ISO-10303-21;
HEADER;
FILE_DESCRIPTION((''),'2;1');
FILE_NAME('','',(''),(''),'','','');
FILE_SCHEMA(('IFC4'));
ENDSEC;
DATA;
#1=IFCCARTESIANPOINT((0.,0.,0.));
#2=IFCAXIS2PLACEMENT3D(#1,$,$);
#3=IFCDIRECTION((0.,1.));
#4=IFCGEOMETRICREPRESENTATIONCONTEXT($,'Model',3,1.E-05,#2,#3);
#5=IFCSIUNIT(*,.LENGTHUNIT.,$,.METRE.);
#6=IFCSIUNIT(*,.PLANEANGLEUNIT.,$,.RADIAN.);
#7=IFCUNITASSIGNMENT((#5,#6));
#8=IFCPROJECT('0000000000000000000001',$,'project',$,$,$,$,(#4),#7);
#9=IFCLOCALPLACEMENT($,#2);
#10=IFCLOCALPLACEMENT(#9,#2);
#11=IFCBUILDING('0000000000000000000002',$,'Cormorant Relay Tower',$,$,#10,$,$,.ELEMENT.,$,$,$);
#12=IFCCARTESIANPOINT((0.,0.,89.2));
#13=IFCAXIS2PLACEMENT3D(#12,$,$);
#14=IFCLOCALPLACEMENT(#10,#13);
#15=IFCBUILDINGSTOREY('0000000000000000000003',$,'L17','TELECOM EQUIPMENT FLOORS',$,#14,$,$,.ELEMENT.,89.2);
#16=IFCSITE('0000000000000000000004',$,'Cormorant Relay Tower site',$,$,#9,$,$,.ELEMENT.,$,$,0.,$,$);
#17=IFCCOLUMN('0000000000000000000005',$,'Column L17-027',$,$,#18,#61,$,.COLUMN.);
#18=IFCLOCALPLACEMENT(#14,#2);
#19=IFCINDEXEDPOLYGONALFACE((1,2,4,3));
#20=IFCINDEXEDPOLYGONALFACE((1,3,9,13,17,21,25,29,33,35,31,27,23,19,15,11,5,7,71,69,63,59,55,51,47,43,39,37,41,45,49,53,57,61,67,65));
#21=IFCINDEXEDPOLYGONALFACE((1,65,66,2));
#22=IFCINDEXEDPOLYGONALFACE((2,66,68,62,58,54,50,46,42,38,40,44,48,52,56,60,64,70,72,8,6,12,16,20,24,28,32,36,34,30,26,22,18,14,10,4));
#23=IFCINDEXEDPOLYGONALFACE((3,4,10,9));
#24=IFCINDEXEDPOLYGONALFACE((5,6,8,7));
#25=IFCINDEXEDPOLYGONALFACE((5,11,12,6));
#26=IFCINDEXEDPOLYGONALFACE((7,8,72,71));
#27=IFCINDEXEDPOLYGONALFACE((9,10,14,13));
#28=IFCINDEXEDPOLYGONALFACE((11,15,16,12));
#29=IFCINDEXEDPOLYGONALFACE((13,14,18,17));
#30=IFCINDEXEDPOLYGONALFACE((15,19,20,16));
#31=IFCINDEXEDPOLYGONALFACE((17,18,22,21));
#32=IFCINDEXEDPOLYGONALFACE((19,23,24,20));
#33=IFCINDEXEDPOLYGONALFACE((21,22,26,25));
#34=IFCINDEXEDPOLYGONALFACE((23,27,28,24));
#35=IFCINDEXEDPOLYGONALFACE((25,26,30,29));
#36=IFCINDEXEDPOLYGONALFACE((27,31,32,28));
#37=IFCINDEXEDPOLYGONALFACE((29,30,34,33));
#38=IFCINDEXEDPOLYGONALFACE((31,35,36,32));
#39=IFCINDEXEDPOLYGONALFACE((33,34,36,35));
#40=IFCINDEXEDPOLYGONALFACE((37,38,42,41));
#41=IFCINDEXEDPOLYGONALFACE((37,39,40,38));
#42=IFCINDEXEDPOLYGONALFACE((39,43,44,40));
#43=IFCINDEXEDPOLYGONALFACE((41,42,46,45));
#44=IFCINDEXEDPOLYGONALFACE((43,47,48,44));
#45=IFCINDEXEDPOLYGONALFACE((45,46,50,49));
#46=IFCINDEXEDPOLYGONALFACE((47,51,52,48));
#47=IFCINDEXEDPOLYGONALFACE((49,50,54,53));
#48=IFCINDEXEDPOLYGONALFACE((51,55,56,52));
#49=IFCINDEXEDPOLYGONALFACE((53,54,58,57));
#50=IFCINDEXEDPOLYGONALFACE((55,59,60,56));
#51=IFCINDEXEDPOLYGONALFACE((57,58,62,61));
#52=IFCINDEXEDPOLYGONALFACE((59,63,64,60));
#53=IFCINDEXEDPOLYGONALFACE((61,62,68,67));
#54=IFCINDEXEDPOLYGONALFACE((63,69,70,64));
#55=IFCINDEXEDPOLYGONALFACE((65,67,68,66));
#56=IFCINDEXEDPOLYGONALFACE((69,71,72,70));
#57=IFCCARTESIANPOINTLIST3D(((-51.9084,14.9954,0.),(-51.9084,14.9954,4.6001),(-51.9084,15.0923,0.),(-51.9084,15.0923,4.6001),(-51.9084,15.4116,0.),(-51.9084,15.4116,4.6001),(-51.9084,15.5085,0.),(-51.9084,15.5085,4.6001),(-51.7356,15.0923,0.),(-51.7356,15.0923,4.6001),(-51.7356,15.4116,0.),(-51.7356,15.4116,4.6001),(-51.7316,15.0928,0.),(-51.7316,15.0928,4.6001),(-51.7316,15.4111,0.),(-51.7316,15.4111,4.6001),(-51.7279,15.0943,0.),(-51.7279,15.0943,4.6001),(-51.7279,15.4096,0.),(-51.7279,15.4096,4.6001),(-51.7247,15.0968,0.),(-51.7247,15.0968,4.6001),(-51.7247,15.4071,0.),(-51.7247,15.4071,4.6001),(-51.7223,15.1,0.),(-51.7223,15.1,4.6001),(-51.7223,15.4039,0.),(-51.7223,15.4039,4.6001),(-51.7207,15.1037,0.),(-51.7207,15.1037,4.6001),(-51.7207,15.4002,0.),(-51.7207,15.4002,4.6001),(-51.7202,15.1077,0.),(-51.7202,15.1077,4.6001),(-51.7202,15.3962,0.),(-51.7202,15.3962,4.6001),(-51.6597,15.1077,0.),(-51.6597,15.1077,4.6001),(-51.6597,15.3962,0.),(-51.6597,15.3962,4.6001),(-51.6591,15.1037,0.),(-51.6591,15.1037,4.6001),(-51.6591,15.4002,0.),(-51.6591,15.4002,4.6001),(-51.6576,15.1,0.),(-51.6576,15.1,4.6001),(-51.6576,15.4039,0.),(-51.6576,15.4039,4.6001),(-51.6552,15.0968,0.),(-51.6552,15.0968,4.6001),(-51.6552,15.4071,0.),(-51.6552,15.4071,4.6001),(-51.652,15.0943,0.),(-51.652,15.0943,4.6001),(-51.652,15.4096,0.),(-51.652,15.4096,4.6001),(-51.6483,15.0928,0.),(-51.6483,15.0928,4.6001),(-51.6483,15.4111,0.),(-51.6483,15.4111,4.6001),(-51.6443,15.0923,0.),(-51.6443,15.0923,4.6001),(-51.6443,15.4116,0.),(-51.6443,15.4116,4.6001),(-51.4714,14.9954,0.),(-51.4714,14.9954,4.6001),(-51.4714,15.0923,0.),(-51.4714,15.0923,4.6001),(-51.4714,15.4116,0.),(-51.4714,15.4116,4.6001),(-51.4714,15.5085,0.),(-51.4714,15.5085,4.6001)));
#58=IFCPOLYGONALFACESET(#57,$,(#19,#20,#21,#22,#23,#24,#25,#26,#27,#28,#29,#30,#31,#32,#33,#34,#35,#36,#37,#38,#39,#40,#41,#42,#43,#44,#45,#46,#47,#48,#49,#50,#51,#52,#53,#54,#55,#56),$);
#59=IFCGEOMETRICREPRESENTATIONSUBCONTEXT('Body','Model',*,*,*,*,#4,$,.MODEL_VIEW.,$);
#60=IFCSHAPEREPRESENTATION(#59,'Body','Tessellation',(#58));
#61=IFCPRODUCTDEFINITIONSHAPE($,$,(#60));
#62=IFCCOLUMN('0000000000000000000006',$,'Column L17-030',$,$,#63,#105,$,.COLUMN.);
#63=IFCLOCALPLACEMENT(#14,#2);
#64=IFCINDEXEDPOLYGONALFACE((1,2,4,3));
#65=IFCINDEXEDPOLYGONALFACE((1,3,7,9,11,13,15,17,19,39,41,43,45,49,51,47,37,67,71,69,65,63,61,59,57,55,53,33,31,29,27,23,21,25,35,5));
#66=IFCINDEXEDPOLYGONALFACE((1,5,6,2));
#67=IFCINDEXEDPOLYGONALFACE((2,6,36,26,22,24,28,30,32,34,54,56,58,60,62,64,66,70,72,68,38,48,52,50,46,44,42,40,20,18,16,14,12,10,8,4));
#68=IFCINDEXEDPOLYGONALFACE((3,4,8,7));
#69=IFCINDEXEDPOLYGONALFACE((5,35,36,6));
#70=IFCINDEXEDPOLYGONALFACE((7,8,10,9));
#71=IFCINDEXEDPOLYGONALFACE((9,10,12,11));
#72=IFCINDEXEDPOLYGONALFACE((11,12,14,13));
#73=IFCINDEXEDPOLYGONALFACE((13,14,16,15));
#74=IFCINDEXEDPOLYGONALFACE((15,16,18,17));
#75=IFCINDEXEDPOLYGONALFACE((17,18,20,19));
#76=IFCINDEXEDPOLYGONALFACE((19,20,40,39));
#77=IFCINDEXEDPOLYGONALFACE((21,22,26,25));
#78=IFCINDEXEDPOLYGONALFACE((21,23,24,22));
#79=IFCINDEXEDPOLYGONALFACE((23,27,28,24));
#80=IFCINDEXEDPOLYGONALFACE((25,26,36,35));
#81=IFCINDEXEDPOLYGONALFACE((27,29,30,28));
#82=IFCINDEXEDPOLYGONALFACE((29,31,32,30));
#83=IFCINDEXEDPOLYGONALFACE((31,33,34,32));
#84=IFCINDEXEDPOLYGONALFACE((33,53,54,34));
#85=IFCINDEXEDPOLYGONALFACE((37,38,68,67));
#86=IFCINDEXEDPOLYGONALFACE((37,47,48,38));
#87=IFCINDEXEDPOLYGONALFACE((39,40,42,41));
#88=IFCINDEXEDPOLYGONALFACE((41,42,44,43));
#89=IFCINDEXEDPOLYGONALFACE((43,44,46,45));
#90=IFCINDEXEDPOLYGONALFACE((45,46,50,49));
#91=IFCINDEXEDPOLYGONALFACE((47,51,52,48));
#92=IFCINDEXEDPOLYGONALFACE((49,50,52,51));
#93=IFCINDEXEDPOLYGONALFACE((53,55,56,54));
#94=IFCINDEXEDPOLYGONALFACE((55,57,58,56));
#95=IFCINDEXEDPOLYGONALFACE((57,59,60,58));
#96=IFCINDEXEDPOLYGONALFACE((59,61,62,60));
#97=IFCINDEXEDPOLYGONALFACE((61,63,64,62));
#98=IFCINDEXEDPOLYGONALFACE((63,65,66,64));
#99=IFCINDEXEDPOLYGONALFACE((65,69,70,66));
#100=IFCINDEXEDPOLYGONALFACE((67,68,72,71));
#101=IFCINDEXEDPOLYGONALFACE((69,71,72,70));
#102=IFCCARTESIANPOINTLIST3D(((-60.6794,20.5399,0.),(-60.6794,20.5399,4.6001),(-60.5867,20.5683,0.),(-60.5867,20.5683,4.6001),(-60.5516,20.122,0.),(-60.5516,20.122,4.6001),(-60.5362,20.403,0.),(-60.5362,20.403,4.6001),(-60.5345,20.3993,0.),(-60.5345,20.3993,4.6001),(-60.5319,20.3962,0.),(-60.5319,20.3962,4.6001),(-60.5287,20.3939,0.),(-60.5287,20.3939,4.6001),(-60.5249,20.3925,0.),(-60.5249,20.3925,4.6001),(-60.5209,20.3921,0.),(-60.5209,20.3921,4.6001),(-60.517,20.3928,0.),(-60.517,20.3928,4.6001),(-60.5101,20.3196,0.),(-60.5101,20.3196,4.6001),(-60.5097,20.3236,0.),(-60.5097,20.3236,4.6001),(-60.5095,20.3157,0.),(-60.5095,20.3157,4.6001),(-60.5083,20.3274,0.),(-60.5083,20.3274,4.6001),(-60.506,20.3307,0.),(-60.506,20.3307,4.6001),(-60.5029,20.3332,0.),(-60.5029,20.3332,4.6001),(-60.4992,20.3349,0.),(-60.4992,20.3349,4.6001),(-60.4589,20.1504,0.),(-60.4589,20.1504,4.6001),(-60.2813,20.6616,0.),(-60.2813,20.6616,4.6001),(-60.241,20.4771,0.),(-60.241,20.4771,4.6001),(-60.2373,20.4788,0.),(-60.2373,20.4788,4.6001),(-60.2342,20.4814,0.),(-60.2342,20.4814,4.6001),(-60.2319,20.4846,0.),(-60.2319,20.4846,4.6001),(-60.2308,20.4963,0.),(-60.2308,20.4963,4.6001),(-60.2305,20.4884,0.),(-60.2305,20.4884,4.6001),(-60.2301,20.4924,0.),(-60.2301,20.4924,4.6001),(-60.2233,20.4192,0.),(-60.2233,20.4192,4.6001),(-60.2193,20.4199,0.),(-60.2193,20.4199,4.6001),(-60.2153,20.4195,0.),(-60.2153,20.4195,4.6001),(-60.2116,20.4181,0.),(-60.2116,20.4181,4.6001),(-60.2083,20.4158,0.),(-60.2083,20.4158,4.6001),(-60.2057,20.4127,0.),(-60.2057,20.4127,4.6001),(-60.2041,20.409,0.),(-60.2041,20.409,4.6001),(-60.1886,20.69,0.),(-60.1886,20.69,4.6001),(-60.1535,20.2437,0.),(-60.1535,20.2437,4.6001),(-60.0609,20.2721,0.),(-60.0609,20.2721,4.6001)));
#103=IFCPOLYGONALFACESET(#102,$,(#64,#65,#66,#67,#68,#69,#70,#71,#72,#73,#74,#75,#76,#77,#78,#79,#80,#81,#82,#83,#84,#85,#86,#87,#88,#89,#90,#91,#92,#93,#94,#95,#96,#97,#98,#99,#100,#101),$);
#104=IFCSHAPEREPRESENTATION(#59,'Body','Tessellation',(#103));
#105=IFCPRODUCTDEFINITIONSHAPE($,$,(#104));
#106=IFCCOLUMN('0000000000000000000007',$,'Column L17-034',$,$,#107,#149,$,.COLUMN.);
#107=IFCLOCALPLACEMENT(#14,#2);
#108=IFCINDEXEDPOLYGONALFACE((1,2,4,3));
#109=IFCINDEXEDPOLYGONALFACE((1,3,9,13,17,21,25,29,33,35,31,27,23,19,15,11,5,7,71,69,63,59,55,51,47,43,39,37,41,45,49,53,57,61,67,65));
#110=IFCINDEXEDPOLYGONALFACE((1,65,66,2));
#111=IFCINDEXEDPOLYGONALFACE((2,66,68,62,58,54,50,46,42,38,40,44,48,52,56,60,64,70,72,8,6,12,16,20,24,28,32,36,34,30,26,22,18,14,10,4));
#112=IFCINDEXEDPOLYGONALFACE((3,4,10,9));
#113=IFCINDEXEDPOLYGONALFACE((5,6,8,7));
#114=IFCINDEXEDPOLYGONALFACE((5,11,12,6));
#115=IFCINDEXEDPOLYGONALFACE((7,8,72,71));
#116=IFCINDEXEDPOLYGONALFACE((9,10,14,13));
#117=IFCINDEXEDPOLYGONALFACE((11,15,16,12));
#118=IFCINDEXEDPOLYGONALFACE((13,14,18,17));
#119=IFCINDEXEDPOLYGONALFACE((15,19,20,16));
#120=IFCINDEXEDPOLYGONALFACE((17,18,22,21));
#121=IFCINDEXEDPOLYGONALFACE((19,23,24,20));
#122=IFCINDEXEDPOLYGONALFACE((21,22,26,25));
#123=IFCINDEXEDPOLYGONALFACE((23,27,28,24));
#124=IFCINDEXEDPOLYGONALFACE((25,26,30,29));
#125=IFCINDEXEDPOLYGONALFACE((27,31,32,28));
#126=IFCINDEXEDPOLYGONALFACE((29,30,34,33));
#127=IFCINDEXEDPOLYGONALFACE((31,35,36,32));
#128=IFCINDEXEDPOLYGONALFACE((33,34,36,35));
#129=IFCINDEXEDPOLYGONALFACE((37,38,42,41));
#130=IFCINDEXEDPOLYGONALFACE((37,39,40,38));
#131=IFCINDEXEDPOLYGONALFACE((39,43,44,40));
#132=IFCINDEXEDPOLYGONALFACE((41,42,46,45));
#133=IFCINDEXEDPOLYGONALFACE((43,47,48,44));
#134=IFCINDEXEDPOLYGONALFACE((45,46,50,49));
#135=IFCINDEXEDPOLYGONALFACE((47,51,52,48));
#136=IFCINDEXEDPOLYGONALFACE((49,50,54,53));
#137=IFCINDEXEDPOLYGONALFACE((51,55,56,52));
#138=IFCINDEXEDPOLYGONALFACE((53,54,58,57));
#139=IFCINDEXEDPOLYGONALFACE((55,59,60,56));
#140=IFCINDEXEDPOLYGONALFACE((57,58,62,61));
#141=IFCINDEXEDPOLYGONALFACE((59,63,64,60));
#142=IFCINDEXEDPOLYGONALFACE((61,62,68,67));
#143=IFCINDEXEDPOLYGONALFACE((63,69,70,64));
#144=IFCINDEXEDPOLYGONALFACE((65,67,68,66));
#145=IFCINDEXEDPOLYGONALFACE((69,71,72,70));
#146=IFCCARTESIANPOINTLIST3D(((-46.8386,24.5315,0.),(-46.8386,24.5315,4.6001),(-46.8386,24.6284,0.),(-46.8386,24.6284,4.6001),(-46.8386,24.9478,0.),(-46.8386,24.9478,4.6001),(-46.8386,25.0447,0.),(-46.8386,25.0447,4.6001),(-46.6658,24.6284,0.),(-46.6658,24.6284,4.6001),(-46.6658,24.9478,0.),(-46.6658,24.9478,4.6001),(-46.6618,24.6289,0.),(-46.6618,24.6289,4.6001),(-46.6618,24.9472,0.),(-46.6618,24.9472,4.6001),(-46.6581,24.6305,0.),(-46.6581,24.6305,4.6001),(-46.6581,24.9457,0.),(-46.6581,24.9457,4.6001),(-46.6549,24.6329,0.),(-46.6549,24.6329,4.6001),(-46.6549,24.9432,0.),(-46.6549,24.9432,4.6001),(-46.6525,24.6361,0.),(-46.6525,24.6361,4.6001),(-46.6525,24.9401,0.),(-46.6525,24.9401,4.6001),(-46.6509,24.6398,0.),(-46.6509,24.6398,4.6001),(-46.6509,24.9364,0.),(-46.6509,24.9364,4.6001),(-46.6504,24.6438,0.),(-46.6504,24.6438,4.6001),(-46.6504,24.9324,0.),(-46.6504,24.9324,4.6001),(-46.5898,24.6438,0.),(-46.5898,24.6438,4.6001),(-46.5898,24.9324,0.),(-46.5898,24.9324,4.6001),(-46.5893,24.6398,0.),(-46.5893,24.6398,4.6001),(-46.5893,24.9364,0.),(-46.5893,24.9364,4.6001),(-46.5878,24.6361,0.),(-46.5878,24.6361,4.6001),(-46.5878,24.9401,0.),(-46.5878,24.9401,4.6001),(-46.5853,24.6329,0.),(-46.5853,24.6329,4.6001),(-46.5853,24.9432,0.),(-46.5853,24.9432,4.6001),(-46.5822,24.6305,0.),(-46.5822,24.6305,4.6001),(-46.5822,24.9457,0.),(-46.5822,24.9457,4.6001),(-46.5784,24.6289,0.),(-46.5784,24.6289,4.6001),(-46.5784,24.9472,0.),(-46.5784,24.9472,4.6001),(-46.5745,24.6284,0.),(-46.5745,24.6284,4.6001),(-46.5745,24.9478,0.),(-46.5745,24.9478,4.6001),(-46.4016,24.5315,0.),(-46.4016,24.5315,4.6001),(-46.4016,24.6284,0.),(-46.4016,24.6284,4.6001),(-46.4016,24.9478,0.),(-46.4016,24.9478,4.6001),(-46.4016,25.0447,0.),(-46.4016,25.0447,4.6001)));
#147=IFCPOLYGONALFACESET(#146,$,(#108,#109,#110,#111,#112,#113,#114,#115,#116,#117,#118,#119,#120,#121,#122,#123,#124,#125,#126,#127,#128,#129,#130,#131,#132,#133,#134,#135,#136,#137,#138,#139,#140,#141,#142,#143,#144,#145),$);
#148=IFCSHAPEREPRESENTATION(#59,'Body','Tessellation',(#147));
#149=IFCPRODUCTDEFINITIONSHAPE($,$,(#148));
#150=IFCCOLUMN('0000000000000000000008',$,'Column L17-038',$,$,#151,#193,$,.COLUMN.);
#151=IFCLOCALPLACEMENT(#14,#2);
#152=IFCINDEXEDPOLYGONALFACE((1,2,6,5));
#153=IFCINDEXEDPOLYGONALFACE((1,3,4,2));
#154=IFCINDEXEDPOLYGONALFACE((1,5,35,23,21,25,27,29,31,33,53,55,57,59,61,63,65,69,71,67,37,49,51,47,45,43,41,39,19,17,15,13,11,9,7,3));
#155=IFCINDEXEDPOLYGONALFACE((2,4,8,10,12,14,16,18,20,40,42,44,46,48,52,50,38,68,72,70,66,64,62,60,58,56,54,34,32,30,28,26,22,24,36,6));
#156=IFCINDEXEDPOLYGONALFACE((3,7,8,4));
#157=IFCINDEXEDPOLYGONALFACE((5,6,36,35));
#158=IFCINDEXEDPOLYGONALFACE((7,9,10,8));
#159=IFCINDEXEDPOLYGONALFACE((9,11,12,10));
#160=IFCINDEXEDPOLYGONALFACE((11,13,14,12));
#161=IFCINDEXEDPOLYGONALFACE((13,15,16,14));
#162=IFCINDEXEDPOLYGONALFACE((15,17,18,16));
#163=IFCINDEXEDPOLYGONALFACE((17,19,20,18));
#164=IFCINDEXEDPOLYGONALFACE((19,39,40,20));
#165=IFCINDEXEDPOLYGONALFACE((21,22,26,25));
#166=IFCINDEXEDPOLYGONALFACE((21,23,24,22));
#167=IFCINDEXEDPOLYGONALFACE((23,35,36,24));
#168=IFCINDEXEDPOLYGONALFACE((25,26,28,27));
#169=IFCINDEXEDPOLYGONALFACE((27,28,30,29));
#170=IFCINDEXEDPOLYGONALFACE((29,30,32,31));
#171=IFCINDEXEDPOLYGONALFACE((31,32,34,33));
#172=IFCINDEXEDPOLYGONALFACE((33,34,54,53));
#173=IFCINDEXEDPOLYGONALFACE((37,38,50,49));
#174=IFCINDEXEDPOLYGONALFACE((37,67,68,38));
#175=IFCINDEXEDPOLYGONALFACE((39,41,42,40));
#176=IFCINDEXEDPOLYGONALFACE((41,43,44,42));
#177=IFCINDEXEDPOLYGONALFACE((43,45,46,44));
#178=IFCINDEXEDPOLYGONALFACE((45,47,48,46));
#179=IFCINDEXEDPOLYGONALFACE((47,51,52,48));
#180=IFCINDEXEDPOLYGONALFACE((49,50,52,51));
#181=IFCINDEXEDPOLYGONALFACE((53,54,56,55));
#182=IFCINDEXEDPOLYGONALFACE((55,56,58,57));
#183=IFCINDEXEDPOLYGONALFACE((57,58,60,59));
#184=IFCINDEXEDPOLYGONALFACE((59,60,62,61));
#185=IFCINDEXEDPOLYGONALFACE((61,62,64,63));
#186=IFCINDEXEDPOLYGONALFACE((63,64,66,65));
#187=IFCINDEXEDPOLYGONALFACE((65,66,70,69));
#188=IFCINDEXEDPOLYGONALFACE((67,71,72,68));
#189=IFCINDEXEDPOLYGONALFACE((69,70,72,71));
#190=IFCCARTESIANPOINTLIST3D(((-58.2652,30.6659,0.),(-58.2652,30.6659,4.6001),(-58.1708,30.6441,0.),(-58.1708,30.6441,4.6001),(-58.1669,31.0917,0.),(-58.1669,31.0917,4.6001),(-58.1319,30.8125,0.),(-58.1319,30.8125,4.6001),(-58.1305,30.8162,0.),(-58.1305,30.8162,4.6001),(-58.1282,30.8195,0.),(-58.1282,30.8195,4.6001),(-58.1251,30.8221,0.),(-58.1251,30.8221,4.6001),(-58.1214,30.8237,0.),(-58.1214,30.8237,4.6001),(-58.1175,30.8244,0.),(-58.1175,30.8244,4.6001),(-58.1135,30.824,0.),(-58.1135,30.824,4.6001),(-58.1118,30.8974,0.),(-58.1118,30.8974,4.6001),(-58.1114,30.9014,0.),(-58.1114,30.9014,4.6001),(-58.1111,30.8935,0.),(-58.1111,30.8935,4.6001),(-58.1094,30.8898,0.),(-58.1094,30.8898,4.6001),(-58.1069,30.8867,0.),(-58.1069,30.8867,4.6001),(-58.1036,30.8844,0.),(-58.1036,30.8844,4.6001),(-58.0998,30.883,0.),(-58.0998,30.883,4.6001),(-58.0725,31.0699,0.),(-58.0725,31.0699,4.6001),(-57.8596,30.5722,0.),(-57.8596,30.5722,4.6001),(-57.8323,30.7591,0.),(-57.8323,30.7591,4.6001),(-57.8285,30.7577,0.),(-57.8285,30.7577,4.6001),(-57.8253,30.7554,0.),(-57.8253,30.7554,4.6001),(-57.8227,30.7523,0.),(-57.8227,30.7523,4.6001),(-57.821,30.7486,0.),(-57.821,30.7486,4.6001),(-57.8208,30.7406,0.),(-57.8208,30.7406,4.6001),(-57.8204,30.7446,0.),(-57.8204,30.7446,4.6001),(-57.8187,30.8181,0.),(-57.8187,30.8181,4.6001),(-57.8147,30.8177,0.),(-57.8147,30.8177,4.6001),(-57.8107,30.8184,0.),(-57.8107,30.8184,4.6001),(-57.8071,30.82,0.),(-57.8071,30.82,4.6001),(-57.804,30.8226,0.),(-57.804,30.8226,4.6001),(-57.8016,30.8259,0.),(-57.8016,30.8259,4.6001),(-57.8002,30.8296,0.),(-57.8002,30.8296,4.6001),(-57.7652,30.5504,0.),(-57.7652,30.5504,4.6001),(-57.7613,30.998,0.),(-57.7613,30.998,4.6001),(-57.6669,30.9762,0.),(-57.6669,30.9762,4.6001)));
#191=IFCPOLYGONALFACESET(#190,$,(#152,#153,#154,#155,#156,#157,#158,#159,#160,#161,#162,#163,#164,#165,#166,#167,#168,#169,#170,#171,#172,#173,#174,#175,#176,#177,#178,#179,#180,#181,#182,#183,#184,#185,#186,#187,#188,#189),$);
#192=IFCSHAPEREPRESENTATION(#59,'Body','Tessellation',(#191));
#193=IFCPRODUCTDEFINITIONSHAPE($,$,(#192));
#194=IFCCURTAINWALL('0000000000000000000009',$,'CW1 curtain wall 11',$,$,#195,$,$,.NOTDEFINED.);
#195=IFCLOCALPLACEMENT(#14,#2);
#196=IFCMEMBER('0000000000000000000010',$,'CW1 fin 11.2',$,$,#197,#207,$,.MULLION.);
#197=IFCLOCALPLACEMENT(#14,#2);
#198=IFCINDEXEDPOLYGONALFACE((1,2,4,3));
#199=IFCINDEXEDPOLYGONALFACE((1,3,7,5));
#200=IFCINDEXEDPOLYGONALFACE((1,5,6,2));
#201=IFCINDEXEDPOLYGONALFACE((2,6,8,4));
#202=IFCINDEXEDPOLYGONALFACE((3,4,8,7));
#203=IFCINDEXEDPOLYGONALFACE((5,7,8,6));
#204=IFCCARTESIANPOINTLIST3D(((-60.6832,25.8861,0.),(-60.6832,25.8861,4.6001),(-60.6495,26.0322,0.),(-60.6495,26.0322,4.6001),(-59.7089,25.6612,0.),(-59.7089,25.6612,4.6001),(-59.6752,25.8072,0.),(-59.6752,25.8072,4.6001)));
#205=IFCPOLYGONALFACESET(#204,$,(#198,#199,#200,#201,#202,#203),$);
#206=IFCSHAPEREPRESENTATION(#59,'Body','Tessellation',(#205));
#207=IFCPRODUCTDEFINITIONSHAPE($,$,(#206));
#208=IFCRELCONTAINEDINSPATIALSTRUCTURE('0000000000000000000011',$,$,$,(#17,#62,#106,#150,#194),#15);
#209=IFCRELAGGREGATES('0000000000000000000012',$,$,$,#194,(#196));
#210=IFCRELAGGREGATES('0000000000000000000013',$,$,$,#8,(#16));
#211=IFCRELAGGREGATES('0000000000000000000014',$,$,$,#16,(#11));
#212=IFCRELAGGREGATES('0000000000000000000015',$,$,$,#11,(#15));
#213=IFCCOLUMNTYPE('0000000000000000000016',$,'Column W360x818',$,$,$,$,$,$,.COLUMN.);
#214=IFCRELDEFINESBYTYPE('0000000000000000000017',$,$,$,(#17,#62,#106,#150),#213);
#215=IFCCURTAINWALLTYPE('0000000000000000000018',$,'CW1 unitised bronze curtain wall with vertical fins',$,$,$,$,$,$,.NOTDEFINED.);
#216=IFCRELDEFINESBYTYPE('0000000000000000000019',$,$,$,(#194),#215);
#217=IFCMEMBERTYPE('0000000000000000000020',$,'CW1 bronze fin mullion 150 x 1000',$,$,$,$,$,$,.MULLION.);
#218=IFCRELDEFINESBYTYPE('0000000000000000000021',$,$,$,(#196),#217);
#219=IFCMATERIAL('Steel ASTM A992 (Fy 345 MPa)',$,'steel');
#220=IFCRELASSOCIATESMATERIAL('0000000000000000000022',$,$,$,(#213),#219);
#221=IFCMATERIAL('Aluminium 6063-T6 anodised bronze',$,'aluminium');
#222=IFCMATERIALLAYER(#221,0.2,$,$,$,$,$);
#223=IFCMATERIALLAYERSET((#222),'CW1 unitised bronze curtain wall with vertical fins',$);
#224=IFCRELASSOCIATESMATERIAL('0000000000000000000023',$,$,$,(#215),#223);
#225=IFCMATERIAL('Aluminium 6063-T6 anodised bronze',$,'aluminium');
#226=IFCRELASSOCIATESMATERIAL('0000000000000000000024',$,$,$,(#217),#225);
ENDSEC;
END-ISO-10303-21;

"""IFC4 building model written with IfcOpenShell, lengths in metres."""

from ifc_helpers import new_model, si_unit, direction, frame, origin, origin_2d, place, context, subcontext, project, spatial, rectangle, i_section, extrude, material, layer, layer_set, material_profile, profile_set, type_object, element, aggregate, save


model = new_model("IFC4")

# Units and contexts
model_context = context("Model", 3, precision=1e-05, world=origin(), true_north=direction((0.0, 1.0)))
body_context = subcontext(model_context, "Body", "Model", "MODEL_VIEW")
ifc_project = project(units=[si_unit("LENGTHUNIT", "METRE"), si_unit("PLANEANGLEUNIT", "RADIAN")], contexts=[model_context])

# Site, building, storey
site_placement = place(None, origin())
site = spatial("IfcSite", under=ifc_project, at=site_placement, Name="Cormorant Relay Tower site", CompositionType="ELEMENT", RefElevation=0.0)
building_placement = place(site_placement, origin())
building = spatial("IfcBuilding", under=site, at=building_placement, Name="Cormorant Relay Tower", CompositionType="ELEMENT")
storey_placement = place(building_placement, frame((0.0, 0.0, 89.2)))
storey = spatial("IfcBuildingStorey", under=building, at=storey_placement, Name="L17", Description="TELECOM EQUIPMENT FLOORS", CompositionType="ELEMENT", Elevation=89.2)

# Columns
ifc_material_1 = material(Name="Steel ASTM A992 (Fy 345 MPa)", Category="steel")
ifc_material_profile_1 = material_profile(ifc_material_1, i_section(OverallWidth=0.437, OverallDepth=0.5132, WebThickness=0.0605, FlangeThickness=0.0969, FilletRadius=0.0154, at=origin_2d()), Name="W360x818")
ifc_profile_set_1 = profile_set([ifc_material_profile_1], Name="Steel ASTM A992 (Fy 345 MPa)")
column_type = type_object("IfcColumnType", Name="Column W360x818", PredefinedType="COLUMN", material=ifc_profile_set_1)
for number, where, z_axis, x_axis, name in (
    (1, (-51.6899, 15.252, 0.0), (0.0, 0.0, 1.0), (1.0, 0.0, 0.0), "Column L17-027"),
    (2, (-60.3701, 20.406, 0.0), (0.0, 0.0, 1.0), (0.292372, -0.956305, 0.0), "Column L17-030"),
    (3, (-46.6201, 24.7881, 0.0), (0.0, 0.0, 1.0), (1.0, 0.0, 0.0), "Column L17-034"),
    (4, (-57.9661, 30.821, 0.0), (0.0, 0.0, 1.0), (-0.224951, -0.97437, 0.0), "Column L17-038"),
):
    element("IfcColumn", number, at=place(storey_placement, frame(where, z_axis=z_axis, x_axis=x_axis)), inside=storey, type_object=column_type, Name=name, PredefinedType="COLUMN", context=body_context, shape_type="SweptSolid", body=[
        extrude(i_section(OverallWidth=0.437, OverallDepth=0.5132, WebThickness=0.0605, FlangeThickness=0.0969, FilletRadius=0.0154, at=origin_2d()), origin(), (0.0, 0.0, 1.0), 4.6001),
    ])

# Curtain wall, member
ifc_material_2 = material(Name="Aluminium 6063-T6 anodised bronze", Category="aluminium")
ifc_layer_1 = layer(ifc_material_2, 0.2)
ifc_layer_set_1 = layer_set([ifc_layer_1], Name="CW1 unitised bronze curtain wall with vertical fins")
curtain_wall_type = type_object("IfcCurtainWallType", Name="CW1 unitised bronze curtain wall with vertical fins", PredefinedType="NOTDEFINED", material=ifc_layer_set_1)
curtain_wall_1_placement = place(storey_placement, origin())
curtain_wall_1 = element("IfcCurtainWall", 5, at=curtain_wall_1_placement, inside=storey, type_object=curtain_wall_type, Name="CW1 curtain wall 11", PredefinedType="NOTDEFINED")
ifc_material_3 = material(Name="Aluminium 6063-T6 anodised bronze", Category="aluminium")
ifc_material_profile_2 = material_profile(ifc_material_3, rectangle(XDim=0.1499, YDim=1.0, at=origin_2d()), Name="AL 150x1000")
ifc_profile_set_2 = profile_set([ifc_material_profile_2], Name="Aluminium 6063-T6 anodised bronze")
member_type_1 = type_object("IfcMemberType", Name="CW1 bronze fin mullion 150 x 1000", PredefinedType="MULLION", material=ifc_profile_set_2)
member_1_placement = place(storey_placement, frame((-60.1792, 25.8467, 0.0), z_axis=(0.0, 0.0, 1.0), x_axis=(-0.224951, -0.97437, 0.0)))
member_1 = element("IfcMember", 6, at=member_1_placement, type_object=member_type_1, Name="CW1 fin 11.2", PredefinedType="MULLION", context=body_context, shape_type="SweptSolid", body=[
    extrude(rectangle(XDim=0.1499, YDim=1.0, at=origin_2d()), origin(), (0.0, 0.0, 1.0), 4.6001),
])

aggregate(curtain_wall_1, [member_1])

save(model, "model.ifc")
